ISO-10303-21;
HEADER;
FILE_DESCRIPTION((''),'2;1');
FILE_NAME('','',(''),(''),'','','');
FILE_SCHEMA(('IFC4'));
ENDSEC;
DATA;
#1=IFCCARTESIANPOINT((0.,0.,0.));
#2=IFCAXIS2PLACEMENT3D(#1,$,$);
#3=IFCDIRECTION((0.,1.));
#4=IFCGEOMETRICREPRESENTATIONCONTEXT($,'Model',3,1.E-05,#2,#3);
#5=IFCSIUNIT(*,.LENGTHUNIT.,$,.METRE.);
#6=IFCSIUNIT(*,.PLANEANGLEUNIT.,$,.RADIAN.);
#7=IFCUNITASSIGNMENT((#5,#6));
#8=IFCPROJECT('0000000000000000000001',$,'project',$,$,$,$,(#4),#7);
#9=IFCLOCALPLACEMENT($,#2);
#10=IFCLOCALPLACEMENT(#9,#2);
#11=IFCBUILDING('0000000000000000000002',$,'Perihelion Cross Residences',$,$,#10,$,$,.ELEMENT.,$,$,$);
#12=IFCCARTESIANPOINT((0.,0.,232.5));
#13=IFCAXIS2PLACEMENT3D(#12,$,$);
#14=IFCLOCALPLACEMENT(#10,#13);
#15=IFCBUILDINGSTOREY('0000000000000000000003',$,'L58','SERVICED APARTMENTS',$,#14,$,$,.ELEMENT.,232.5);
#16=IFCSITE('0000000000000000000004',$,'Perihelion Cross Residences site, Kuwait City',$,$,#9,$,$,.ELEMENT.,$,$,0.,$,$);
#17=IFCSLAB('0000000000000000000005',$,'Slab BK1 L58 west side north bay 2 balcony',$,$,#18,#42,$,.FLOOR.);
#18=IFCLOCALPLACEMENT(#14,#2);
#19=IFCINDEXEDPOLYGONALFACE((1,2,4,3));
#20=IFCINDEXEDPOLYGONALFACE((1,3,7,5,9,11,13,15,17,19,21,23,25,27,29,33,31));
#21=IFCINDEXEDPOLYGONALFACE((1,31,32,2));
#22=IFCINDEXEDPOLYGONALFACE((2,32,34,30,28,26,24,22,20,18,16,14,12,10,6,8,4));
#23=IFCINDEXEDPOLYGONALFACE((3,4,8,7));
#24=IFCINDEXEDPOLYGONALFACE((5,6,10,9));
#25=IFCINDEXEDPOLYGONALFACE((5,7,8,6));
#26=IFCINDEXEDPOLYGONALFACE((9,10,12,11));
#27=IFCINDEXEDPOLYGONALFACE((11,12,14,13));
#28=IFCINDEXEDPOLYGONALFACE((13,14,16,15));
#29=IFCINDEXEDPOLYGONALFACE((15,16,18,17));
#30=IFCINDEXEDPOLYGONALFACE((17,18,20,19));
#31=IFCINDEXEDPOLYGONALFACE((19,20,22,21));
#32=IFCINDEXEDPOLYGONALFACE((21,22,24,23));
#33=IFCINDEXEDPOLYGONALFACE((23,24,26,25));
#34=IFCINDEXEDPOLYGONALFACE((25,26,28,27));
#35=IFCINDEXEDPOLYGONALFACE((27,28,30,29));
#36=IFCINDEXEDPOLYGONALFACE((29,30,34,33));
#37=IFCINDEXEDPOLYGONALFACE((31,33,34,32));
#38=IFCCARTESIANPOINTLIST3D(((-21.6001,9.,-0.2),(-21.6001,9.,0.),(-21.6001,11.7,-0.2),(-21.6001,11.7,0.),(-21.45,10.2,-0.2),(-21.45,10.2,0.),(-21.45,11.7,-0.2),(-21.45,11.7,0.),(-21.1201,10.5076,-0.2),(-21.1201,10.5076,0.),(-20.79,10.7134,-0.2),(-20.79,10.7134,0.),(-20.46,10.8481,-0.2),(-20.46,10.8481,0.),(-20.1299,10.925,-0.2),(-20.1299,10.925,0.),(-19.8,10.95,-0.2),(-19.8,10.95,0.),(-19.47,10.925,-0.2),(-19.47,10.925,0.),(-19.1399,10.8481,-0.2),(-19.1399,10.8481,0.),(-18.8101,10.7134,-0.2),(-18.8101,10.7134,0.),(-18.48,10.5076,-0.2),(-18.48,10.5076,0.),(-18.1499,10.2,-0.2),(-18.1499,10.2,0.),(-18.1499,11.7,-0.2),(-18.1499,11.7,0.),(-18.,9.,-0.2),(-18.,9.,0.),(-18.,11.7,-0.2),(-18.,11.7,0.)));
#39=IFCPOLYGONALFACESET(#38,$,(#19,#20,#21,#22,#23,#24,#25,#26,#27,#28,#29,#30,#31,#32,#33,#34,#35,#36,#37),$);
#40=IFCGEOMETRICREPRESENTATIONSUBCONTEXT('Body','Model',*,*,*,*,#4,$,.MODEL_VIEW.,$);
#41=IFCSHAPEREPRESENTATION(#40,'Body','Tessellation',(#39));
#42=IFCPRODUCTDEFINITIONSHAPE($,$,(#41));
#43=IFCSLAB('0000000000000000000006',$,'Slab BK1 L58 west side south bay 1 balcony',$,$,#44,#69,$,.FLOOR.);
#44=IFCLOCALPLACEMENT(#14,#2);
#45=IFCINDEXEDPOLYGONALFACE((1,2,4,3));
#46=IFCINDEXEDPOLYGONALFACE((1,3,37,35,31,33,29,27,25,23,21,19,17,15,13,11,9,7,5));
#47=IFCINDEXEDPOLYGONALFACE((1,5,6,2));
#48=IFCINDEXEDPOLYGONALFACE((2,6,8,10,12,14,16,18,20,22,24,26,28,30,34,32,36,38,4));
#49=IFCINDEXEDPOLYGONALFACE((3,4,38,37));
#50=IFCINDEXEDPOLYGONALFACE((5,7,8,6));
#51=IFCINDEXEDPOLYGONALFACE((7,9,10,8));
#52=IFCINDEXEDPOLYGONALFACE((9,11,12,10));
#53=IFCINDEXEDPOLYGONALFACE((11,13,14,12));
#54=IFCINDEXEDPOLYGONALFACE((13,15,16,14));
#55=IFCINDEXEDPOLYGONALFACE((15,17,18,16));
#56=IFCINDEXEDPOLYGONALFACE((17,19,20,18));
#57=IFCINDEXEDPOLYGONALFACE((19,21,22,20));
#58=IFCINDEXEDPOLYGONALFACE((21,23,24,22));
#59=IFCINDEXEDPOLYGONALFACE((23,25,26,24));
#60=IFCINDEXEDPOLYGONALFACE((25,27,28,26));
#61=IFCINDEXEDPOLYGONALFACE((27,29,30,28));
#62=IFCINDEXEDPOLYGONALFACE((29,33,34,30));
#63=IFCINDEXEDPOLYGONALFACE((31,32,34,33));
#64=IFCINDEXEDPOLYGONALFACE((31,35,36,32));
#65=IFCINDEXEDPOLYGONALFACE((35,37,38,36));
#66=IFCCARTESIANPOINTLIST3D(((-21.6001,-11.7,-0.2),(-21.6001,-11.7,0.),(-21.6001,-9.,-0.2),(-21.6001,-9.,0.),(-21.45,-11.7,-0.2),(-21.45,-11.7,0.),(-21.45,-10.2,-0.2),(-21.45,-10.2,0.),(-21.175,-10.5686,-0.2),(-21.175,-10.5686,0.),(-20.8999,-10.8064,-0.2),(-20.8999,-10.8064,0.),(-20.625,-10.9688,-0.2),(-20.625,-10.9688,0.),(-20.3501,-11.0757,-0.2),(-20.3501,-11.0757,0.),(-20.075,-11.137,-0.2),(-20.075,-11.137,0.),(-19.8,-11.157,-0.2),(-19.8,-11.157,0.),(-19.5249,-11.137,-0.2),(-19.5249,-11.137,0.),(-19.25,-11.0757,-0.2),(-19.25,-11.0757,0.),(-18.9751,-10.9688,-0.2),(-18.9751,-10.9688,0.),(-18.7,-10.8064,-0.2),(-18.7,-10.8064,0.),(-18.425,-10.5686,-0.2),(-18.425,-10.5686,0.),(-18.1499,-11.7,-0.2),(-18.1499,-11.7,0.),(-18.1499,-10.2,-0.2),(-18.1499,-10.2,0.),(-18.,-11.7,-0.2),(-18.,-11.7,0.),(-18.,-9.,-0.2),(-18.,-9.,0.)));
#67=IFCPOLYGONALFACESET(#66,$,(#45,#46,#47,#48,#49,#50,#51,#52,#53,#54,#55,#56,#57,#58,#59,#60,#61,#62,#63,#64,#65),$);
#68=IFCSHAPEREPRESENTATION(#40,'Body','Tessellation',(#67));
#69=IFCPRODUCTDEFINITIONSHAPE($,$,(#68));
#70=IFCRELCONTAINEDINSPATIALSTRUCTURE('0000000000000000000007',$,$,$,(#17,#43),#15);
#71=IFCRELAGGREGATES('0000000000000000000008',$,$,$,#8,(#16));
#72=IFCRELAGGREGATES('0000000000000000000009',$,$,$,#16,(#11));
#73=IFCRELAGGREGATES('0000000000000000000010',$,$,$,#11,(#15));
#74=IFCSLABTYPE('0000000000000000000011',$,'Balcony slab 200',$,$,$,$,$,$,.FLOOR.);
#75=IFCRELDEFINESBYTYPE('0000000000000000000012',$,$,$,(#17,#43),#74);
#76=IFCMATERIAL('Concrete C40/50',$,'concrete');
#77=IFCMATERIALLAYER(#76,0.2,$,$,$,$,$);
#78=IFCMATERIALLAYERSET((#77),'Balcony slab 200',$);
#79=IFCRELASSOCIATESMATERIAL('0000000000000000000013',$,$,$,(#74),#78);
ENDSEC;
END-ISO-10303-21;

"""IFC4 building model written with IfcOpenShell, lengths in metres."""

from ifc_helpers import new_model, si_unit, direction, frame, origin, place, context, subcontext, project, spatial, polyline, outline, extrude, material, layer, layer_set, type_object, element, save


model = new_model("IFC4")

# Units and contexts
model_context = context("Model", 3, precision=1e-05, world=origin(), true_north=direction((0.0, 1.0)))
body_context = subcontext(model_context, "Body", "Model", "MODEL_VIEW")
ifc_project = project(units=[si_unit("LENGTHUNIT", "METRE"), si_unit("PLANEANGLEUNIT", "RADIAN")], contexts=[model_context])

# Site, building, storey
site_placement = place(None, origin())
site = spatial("IfcSite", under=ifc_project, at=site_placement, Name="Perihelion Cross Residences site, Kuwait City", CompositionType="ELEMENT", RefElevation=0.0)
building_placement = place(site_placement, origin())
building = spatial("IfcBuilding", under=site, at=building_placement, Name="Perihelion Cross Residences", CompositionType="ELEMENT")
storey_placement = place(building_placement, frame((0.0, 0.0, 232.5)))
storey = spatial("IfcBuildingStorey", under=building, at=storey_placement, Name="L58", Description="SERVICED APARTMENTS", CompositionType="ELEMENT", Elevation=232.5)

# Slabs
ifc_material_1 = material(Name="Concrete C40/50", Category="concrete")
ifc_layer_1 = layer(ifc_material_1, 0.2)
ifc_layer_set_1 = layer_set([ifc_layer_1], Name="Balcony slab 200")
slab_type_1 = type_object("IfcSlabType", Name="Balcony slab 200", PredefinedType="FLOOR", material=ifc_layer_set_1)
slab_1_placement = place(storey_placement, frame((0.0, 0.0, -0.2)))
element("IfcSlab", 1, at=slab_1_placement, inside=storey, type_object=slab_type_1, Name="Slab BK1 L58 west side north bay 2 balcony", PredefinedType="FLOOR", context=body_context, shape_type="SweptSolid", body=[
    extrude(outline(polyline([(-18.0, 9.0), (-21.6001, 9.0), (-21.6001, 11.7), (-21.45, 11.7), (-21.45, 10.2), (-21.1201, 10.5076), (-20.79, 10.7134), (-20.46, 10.8481), (-20.1299, 10.925), (-19.8, 10.95), (-19.47, 10.925), (-19.1399, 10.8481), (-18.8101, 10.7134), (-18.48, 10.5076), (-18.1499, 10.2), (-18.1499, 11.7), (-18.0, 11.7), (-18.0, 9.0)])), origin(), (0.0, 0.0, 1.0), 0.2),
])
slab_2_placement = place(storey_placement, frame((0.0, 0.0, -0.2)))
element("IfcSlab", 2, at=slab_2_placement, inside=storey, type_object=slab_type_1, Name="Slab BK1 L58 west side south bay 1 balcony", PredefinedType="FLOOR", context=body_context, shape_type="SweptSolid", body=[
    extrude(outline(polyline([(-21.6001, -9.0), (-18.0, -9.0), (-18.0, -11.7), (-18.1499, -11.7), (-18.1499, -10.2), (-18.425, -10.5686), (-18.7, -10.8064), (-18.9751, -10.9688), (-19.25, -11.0757), (-19.5249, -11.137), (-19.8, -11.157), (-20.075, -11.137), (-20.3501, -11.0757), (-20.625, -10.9688), (-20.8999, -10.8064), (-21.175, -10.5686), (-21.45, -10.2), (-21.45, -11.7), (-21.6001, -11.7), (-21.6001, -9.0)])), origin(), (0.0, 0.0, 1.0), 0.2),
])

save(model, "model.ifc")
